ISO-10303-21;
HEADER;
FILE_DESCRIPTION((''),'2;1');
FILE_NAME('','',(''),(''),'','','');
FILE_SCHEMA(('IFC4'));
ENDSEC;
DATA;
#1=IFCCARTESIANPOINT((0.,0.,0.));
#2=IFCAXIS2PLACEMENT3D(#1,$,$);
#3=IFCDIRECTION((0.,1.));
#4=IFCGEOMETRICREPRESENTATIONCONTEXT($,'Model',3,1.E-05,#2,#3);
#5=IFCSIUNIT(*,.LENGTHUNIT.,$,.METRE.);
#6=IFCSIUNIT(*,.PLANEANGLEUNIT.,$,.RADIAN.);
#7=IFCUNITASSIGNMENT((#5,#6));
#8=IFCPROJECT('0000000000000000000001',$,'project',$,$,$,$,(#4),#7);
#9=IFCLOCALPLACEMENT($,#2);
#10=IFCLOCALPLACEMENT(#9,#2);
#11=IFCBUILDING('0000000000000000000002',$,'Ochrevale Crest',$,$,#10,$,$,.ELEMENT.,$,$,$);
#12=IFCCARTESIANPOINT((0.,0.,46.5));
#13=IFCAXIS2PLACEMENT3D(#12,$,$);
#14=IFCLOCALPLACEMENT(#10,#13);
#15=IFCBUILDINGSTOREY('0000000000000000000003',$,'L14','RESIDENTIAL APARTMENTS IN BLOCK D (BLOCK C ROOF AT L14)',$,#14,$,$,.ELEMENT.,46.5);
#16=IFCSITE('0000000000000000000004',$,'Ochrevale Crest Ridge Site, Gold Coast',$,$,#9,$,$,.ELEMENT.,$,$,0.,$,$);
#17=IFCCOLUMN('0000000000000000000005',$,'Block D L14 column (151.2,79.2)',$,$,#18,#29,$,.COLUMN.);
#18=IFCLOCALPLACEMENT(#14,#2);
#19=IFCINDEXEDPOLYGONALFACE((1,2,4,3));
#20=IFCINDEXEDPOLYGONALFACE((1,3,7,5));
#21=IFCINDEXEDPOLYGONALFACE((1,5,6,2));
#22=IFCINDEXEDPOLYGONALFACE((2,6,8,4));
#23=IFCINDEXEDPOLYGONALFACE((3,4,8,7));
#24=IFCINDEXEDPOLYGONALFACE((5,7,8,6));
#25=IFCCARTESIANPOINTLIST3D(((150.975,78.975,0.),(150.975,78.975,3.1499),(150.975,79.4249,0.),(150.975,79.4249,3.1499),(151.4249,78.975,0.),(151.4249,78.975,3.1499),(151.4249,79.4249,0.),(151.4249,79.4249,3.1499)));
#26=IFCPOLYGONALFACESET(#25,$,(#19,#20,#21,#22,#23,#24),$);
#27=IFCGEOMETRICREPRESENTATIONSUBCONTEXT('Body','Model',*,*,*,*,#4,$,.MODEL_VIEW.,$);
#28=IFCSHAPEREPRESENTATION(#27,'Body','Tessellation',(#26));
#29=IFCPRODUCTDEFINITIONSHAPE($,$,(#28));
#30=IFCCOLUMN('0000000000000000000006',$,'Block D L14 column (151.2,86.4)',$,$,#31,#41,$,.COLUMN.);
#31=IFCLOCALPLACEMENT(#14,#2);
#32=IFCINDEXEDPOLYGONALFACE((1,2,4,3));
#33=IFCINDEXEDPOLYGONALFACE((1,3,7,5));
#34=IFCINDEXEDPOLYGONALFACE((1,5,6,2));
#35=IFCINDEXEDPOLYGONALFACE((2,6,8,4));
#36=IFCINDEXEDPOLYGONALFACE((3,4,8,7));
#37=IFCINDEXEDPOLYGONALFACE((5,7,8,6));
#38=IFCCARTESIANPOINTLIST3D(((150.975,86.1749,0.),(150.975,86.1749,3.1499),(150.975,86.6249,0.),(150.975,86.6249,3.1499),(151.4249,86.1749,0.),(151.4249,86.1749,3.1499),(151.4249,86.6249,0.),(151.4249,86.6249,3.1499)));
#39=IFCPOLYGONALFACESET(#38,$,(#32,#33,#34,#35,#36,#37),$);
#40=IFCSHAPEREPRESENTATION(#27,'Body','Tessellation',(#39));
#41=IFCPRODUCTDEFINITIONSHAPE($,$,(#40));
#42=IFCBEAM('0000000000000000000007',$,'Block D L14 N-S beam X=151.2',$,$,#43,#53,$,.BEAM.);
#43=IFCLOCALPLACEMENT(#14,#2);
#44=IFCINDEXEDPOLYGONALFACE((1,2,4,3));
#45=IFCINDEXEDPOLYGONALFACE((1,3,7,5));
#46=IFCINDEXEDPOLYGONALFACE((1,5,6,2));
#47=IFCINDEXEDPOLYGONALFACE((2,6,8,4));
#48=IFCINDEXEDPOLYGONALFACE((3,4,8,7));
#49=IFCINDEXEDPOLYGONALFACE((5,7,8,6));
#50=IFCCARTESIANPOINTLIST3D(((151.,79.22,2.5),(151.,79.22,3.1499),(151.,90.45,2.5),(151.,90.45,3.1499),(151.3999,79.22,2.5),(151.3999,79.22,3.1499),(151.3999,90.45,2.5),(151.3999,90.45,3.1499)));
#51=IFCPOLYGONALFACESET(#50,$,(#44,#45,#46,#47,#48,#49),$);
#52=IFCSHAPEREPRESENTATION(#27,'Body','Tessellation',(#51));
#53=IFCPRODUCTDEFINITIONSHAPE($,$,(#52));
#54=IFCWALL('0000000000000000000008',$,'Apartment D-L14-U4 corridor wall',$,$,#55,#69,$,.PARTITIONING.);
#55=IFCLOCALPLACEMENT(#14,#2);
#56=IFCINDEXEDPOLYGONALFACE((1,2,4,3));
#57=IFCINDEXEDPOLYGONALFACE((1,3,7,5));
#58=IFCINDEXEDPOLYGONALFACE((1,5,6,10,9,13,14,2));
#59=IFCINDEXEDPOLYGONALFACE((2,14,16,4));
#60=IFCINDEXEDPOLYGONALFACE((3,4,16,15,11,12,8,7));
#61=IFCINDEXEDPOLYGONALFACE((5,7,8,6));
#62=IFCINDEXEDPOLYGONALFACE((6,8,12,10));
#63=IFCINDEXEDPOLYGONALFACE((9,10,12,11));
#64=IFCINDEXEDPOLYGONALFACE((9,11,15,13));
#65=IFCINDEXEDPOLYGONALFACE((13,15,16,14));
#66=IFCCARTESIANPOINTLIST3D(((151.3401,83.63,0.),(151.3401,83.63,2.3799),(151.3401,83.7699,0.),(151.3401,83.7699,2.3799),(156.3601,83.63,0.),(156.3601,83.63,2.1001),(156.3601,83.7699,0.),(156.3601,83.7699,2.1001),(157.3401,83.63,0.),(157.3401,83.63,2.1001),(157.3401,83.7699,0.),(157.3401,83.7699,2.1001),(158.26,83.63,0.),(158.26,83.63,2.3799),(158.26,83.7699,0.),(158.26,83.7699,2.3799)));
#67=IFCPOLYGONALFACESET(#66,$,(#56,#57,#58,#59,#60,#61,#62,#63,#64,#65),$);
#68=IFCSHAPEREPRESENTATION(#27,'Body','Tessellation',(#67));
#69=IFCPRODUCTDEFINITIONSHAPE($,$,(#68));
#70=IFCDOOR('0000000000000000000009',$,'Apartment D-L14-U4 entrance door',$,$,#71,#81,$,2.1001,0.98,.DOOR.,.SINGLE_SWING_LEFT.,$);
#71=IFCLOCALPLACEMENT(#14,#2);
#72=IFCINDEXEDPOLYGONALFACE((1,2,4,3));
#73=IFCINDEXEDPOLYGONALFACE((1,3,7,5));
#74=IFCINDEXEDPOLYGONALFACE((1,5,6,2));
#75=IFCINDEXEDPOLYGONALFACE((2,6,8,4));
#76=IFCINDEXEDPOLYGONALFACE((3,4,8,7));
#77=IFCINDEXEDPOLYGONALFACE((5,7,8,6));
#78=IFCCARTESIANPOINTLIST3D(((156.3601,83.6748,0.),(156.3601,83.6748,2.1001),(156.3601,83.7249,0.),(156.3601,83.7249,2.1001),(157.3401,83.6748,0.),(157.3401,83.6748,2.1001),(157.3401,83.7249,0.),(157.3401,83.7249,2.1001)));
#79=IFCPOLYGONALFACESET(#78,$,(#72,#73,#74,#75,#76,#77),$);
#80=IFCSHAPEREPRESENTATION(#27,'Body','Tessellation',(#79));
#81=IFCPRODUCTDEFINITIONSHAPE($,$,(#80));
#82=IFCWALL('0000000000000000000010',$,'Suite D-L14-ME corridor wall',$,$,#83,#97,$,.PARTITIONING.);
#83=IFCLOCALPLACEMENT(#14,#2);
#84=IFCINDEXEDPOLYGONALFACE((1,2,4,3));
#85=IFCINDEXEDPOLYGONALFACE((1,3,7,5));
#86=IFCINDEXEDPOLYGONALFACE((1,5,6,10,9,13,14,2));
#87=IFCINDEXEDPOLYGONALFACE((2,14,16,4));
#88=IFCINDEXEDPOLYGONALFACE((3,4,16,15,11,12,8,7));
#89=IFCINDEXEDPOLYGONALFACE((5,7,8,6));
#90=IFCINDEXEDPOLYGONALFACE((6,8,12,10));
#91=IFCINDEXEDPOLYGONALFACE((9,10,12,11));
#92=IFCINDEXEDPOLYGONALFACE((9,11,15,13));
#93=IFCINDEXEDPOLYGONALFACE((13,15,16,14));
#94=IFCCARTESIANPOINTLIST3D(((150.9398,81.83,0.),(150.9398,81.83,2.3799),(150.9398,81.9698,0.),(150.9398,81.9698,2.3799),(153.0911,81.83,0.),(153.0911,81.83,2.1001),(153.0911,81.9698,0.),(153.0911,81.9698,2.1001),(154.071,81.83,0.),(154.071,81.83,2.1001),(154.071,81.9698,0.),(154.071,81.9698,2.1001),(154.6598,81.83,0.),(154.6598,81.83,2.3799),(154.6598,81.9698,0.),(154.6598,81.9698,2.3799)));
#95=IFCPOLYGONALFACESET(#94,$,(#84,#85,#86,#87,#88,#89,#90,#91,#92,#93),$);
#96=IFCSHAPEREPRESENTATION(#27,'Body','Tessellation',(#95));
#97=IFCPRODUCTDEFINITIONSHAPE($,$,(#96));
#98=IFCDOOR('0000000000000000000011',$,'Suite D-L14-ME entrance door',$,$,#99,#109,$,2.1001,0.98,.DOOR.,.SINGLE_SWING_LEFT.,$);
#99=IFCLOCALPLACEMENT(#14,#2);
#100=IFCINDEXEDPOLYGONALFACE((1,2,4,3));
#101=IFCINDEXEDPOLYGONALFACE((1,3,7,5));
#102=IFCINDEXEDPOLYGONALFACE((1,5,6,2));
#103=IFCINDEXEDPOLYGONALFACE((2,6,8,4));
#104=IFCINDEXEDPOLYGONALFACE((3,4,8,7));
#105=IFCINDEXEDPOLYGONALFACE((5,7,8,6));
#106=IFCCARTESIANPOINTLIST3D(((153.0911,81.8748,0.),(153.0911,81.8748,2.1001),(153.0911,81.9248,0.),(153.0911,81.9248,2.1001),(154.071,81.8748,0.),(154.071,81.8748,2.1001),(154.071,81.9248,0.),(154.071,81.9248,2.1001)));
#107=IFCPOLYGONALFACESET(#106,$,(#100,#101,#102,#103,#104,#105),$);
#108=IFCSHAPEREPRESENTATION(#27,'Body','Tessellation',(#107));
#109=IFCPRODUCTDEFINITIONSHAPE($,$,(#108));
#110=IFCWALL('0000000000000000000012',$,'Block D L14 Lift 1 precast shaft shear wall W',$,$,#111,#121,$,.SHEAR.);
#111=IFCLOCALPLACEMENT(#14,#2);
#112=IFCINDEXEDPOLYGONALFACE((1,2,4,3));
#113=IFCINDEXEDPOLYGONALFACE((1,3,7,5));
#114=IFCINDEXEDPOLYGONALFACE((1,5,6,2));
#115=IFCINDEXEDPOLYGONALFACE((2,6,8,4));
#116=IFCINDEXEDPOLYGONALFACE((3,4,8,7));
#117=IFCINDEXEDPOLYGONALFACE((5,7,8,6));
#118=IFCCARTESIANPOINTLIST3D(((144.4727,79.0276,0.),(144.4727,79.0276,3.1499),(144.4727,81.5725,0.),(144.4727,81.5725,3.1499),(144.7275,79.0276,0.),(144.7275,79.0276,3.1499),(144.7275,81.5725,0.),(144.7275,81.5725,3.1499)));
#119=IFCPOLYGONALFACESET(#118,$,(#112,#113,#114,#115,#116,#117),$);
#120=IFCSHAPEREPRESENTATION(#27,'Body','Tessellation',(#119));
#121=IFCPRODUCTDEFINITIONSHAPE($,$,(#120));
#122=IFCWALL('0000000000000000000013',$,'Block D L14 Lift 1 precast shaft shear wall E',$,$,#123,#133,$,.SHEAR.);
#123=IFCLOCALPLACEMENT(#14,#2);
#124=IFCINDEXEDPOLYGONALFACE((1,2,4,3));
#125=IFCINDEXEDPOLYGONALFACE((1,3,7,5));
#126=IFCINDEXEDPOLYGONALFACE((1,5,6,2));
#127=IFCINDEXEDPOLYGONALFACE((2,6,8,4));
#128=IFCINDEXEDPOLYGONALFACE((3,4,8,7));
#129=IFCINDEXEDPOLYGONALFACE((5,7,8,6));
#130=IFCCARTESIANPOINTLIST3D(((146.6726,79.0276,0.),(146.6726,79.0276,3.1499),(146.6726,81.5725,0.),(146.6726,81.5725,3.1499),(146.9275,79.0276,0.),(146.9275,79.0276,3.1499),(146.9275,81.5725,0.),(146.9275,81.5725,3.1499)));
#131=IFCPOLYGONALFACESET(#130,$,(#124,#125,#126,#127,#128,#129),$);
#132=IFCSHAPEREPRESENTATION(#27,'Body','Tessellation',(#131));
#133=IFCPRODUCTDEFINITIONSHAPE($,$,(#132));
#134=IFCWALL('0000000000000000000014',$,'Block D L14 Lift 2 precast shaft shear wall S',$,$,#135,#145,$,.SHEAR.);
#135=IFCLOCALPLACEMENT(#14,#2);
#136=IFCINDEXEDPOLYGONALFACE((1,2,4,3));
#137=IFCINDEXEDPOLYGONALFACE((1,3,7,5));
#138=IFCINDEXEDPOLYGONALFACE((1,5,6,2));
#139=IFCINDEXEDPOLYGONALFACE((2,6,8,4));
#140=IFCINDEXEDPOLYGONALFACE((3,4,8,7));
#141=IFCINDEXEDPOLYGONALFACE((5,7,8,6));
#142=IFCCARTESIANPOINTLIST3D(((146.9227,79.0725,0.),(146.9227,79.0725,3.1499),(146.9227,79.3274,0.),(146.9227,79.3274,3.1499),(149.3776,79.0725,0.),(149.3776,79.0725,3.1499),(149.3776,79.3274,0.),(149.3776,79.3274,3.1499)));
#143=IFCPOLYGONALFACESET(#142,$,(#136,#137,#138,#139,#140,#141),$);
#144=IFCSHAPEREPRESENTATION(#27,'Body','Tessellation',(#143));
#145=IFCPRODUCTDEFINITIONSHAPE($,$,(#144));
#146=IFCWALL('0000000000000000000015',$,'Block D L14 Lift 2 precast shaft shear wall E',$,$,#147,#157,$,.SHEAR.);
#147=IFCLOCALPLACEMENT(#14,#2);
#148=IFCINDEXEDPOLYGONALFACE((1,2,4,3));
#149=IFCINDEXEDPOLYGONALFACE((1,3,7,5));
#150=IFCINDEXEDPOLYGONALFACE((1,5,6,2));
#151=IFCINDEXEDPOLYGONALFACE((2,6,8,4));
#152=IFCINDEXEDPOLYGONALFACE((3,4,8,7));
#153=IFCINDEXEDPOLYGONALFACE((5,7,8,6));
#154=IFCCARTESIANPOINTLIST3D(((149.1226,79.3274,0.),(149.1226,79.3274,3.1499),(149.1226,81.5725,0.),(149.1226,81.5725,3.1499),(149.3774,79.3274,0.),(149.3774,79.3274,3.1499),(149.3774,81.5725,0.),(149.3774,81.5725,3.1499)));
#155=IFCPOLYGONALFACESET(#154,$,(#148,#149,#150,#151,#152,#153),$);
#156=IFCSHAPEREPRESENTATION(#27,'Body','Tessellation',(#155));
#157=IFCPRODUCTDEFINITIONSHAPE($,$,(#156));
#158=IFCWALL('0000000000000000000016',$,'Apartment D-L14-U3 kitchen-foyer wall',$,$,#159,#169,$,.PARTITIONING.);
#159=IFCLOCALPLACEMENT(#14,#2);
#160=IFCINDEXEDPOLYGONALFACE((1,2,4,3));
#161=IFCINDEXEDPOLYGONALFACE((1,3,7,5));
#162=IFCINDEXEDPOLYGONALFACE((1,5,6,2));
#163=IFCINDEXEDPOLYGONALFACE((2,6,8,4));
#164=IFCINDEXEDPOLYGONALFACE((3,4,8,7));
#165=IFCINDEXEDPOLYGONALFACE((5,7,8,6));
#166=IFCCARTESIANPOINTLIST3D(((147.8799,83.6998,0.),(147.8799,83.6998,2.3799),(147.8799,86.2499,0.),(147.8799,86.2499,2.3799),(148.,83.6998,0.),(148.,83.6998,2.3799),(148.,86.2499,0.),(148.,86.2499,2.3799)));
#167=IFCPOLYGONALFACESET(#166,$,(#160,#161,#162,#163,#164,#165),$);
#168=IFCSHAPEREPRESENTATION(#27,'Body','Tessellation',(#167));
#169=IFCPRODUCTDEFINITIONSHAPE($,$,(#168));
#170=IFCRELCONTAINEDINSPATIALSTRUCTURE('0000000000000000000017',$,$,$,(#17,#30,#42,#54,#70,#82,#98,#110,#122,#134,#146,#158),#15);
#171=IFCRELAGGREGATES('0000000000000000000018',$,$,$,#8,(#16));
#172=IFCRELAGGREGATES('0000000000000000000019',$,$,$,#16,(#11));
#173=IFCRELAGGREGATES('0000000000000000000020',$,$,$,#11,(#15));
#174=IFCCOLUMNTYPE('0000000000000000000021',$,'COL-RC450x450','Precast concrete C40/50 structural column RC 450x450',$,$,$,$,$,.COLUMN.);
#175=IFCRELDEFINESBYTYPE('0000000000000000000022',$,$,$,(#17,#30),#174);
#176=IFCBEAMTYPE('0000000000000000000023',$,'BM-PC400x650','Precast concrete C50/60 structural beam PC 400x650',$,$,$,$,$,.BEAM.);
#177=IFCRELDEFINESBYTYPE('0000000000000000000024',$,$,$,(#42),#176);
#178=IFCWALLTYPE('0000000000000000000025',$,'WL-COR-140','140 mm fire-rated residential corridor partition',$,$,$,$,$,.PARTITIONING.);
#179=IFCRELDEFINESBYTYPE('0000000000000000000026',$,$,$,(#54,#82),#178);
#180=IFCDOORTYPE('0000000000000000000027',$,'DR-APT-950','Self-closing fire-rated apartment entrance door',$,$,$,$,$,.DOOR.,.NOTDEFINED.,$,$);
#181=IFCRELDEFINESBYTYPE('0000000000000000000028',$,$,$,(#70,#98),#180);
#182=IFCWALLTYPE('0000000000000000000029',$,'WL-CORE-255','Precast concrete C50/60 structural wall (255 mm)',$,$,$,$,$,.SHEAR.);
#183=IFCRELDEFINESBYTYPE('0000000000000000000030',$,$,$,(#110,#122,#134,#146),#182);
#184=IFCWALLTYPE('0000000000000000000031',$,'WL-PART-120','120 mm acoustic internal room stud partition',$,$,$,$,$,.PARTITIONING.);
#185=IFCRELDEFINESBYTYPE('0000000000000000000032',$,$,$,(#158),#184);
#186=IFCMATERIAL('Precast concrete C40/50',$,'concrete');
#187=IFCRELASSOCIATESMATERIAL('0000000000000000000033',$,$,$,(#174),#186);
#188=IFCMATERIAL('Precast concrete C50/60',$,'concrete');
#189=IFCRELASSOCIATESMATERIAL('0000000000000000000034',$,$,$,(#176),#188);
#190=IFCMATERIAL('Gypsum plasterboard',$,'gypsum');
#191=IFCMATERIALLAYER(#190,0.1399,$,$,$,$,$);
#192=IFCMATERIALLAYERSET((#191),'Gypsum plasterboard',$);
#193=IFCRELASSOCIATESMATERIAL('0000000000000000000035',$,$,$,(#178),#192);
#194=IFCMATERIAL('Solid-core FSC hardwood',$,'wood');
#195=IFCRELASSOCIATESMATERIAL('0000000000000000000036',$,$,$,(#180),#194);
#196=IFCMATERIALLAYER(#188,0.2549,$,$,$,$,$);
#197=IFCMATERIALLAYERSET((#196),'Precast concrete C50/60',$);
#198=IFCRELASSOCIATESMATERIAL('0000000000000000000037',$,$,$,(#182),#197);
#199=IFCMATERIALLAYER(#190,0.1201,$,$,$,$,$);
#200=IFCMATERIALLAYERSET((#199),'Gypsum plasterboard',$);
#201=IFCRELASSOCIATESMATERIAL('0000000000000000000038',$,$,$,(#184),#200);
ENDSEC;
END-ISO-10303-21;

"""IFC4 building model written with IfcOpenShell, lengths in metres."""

from ifc_helpers import new_model, si_unit, direction, frame, frame_2d, origin, origin_2d, place, context, subcontext, project, spatial, rectangle, extrude, material, layer, layer_set, material_profile, profile_set, type_object, element, fill, save


model = new_model("IFC4")

# Units and contexts
model_context = context("Model", 3, precision=1e-05, world=origin(), true_north=direction((0.0, 1.0)))
body_context = subcontext(model_context, "Body", "Model", "MODEL_VIEW")
ifc_project = project(units=[si_unit("LENGTHUNIT", "METRE"), si_unit("PLANEANGLEUNIT", "RADIAN")], contexts=[model_context])

# Site, building, storey
site_placement = place(None, origin())
site = spatial("IfcSite", under=ifc_project, at=site_placement, Name="Ochrevale Crest Ridge Site, Gold Coast", CompositionType="ELEMENT", RefElevation=0.0)
building_placement = place(site_placement, origin())
building = spatial("IfcBuilding", under=site, at=building_placement, Name="Ochrevale Crest", CompositionType="ELEMENT")
storey_placement = place(building_placement, frame((0.0, 0.0, 46.5)))
storey = spatial("IfcBuildingStorey", under=building, at=storey_placement, Name="L14", Description="RESIDENTIAL APARTMENTS IN BLOCK D (BLOCK C ROOF AT L14)", CompositionType="ELEMENT", Elevation=46.5)

# Columns
ifc_material_1 = material(Name="Precast concrete C40/50", Category="concrete")
ifc_material_profile_1 = material_profile(ifc_material_1, rectangle(XDim=0.45, YDim=0.45, at=origin_2d()), Name="RC 450x450")
ifc_profile_set_1 = profile_set([ifc_material_profile_1], Name="Precast concrete C40/50")
column_type = type_object("IfcColumnType", Name="COL-RC450x450", Description="Precast concrete C40/50 structural column RC 450x450", PredefinedType="COLUMN", material=ifc_profile_set_1)
for number, where, z_axis, x_axis, name in (
    (1, (151.2, 79.2, 0.0), (0.0, 0.0, 1.0), (1.0, 0.0, 0.0), "Block D L14 column (151.2,79.2)"),
    (2, (151.2, 86.3999, 0.0), (0.0, 0.0, 1.0), (1.0, 0.0, 0.0), "Block D L14 column (151.2,86.4)"),
):
    element("IfcColumn", number, at=place(storey_placement, frame(where, z_axis=z_axis, x_axis=x_axis)), inside=storey, type_object=column_type, Name=name, PredefinedType="COLUMN", context=body_context, shape_type="SweptSolid", body=[
        extrude(rectangle(XDim=0.45, YDim=0.45, at=origin_2d()), origin(), (0.0, 0.0, 1.0), 3.1499),
    ])

# Beam
ifc_material_2 = material(Name="Precast concrete C50/60", Category="concrete")
ifc_material_profile_2 = material_profile(ifc_material_2, rectangle(XDim=0.3999, YDim=0.6499, at=origin_2d()), Name="PC 400x650")
ifc_profile_set_2 = profile_set([ifc_material_profile_2], Name="Precast concrete C50/60")
beam_type = type_object("IfcBeamType", Name="BM-PC400x650", Description="Precast concrete C50/60 structural beam PC 400x650", PredefinedType="BEAM", material=ifc_profile_set_2)
beam_placement = place(storey_placement, frame((151.2, 79.22, 2.825), z_axis=(0.0, 1.0, 0.0), x_axis=(-1.0, 0.0, 0.0)))
element("IfcBeam", 3, at=beam_placement, inside=storey, type_object=beam_type, Name="Block D L14 N-S beam X=151.2", PredefinedType="BEAM", context=body_context, shape_type="SweptSolid", body=[
    extrude(rectangle(XDim=0.3999, YDim=0.6499, at=origin_2d()), origin(), (0.0, 0.0, 1.0), 11.23),
])

# Walls, openings, doors
ifc_material_3 = material(Name="Gypsum plasterboard", Category="gypsum")
ifc_layer_1 = layer(ifc_material_3, 0.1399)
ifc_layer_set_1 = layer_set([ifc_layer_1], Name="Gypsum plasterboard")
wall_type_1 = type_object("IfcWallType", Name="WL-COR-140", Description="140 mm fire-rated residential corridor partition", PredefinedType="PARTITIONING", material=ifc_layer_set_1)
wall_1_placement = place(storey_placement, frame((151.3401, 83.7, 0.0), z_axis=(0.0, 0.0, 1.0), x_axis=(1.0, 0.0, 0.0)))
wall_1 = element("IfcWall", 4, at=wall_1_placement, inside=storey, type_object=wall_type_1, Name="Apartment D-L14-U4 corridor wall", PredefinedType="PARTITIONING", context=body_context, shape_type="SweptSolid", body=[
    extrude(rectangle(XDim=6.9199, YDim=0.1399, at=frame_2d((3.46, 0.0))), origin(), (0.0, 0.0, 1.0), 2.3799),
])
opening_1_placement = place(wall_1_placement, frame((5.02, 0.0, 0.0)))
opening_1 = element("IfcOpeningElement", 5, at=opening_1_placement, cuts=wall_1, PredefinedType="OPENING", context=body_context, shape_type="SweptSolid", body=[
    extrude(rectangle(XDim=0.98, YDim=2.1001, at=frame_2d((0.49, 1.05))), frame((0.0, 0.0801, 0.0), z_axis=(0.0, -1.0, 0.0), x_axis=(1.0, 0.0, 0.0)), (0.0, 0.0, 1.0), 0.1599),
])
ifc_material_4 = material(Name="Solid-core FSC hardwood", Category="wood")
door_type_1 = type_object("IfcDoorType", Name="DR-APT-950", Description="Self-closing fire-rated apartment entrance door", OperationType="NOTDEFINED", PredefinedType="DOOR", material=ifc_material_4)
door_1_placement = place(opening_1_placement, origin())
door_1 = element("IfcDoor", 6, at=door_1_placement, inside=storey, type_object=door_type_1, Name="Apartment D-L14-U4 entrance door", OperationType="SINGLE_SWING_LEFT", OverallHeight=2.1001, OverallWidth=0.98, PredefinedType="DOOR", context=body_context, shape_type="SweptSolid", body=[
    extrude(rectangle(XDim=0.98, YDim=2.1001, at=frame_2d((0.49, 1.05))), frame((0.0, 0.0249, 0.0), z_axis=(0.0, -1.0, 0.0), x_axis=(1.0, 0.0, 0.0)), (0.0, 0.0, 1.0), 0.05),
])
fill(opening_1, door_1)
wall_2_placement = place(storey_placement, frame((150.9399, 81.8999, 0.0), z_axis=(0.0, 0.0, 1.0), x_axis=(1.0, 0.0, 0.0)))
wall_2 = element("IfcWall", 7, at=wall_2_placement, inside=storey, type_object=wall_type_1, Name="Suite D-L14-ME corridor wall", PredefinedType="PARTITIONING", context=body_context, shape_type="SweptSolid", body=[
    extrude(rectangle(XDim=3.72, YDim=0.1399, at=frame_2d((1.8599, 0.0))), origin(), (0.0, 0.0, 1.0), 2.3799),
])
opening_2_placement = place(wall_2_placement, frame((2.1511, 0.0, 0.0)))
opening_2 = element("IfcOpeningElement", 8, at=opening_2_placement, cuts=wall_2, PredefinedType="OPENING", context=body_context, shape_type="SweptSolid", body=[
    extrude(rectangle(XDim=0.98, YDim=2.1001, at=frame_2d((0.49, 1.05))), frame((0.0, 0.0801, 0.0), z_axis=(0.0, -1.0, 0.0), x_axis=(1.0, 0.0, 0.0)), (0.0, 0.0, 1.0), 0.1599),
])
door_2_placement = place(opening_2_placement, origin())
door_2 = element("IfcDoor", 9, at=door_2_placement, inside=storey, type_object=door_type_1, Name="Suite D-L14-ME entrance door", OperationType="SINGLE_SWING_LEFT", OverallHeight=2.1001, OverallWidth=0.98, PredefinedType="DOOR", context=body_context, shape_type="SweptSolid", body=[
    extrude(rectangle(XDim=0.98, YDim=2.1001, at=frame_2d((0.49, 1.05))), frame((0.0, 0.0249, 0.0), z_axis=(0.0, -1.0, 0.0), x_axis=(1.0, 0.0, 0.0)), (0.0, 0.0, 1.0), 0.05),
])
fill(opening_2, door_2)
ifc_layer_2 = layer(ifc_material_2, 0.2549)
ifc_layer_set_2 = layer_set([ifc_layer_2], Name="Precast concrete C50/60")
wall_type_2 = type_object("IfcWallType", Name="WL-CORE-255", Description="Precast concrete C50/60 structural wall (255 mm)", PredefinedType="SHEAR", material=ifc_layer_set_2)

# Walls
for number, where, z_axis, x_axis, name in (
    (10, (144.6001, 79.0276, 0.0), (0.0, 0.0, 1.0), (0.0, 1.0, 0.0), "Block D L14 Lift 1 precast shaft shear wall W"),
    (11, (146.8, 79.0276, 0.0), (0.0, 0.0, 1.0), (0.0, 1.0, 0.0), "Block D L14 Lift 1 precast shaft shear wall E"),
):
    element("IfcWall", number, at=place(storey_placement, frame(where, z_axis=z_axis, x_axis=x_axis)), inside=storey, type_object=wall_type_2, Name=name, PredefinedType="SHEAR", context=body_context, shape_type="SweptSolid", body=[
        extrude(rectangle(XDim=2.5449, YDim=0.2549, at=frame_2d((1.2725, 0.0))), origin(), (0.0, 0.0, 1.0), 3.1499),
    ])
wall_3_placement = place(storey_placement, frame((146.9226, 79.2, 0.0), z_axis=(0.0, 0.0, 1.0), x_axis=(1.0, 0.0, 0.0)))
element("IfcWall", 12, at=wall_3_placement, inside=storey, type_object=wall_type_2, Name="Block D L14 Lift 2 precast shaft shear wall S", PredefinedType="SHEAR", context=body_context, shape_type="SweptSolid", body=[
    extrude(rectangle(XDim=2.4548, YDim=0.2549, at=frame_2d((1.2275, 0.0))), origin(), (0.0, 0.0, 1.0), 3.1499),
])

# Walls
wall_4_placement = place(storey_placement, frame((149.25, 79.3274, 0.0), z_axis=(0.0, 0.0, 1.0), x_axis=(0.0, 1.0, 0.0)))
element("IfcWall", 13, at=wall_4_placement, inside=storey, type_object=wall_type_2, Name="Block D L14 Lift 2 precast shaft shear wall E", PredefinedType="SHEAR", context=body_context, shape_type="SweptSolid", body=[
    extrude(rectangle(XDim=2.2451, YDim=0.2549, at=frame_2d((1.1226, 0.0))), origin(), (0.0, 0.0, 1.0), 3.1499),
])
ifc_layer_3 = layer(ifc_material_3, 0.1201)
ifc_layer_set_3 = layer_set([ifc_layer_3], Name="Gypsum plasterboard")
wall_type_3 = type_object("IfcWallType", Name="WL-PART-120", Description="120 mm acoustic internal room stud partition", PredefinedType="PARTITIONING", material=ifc_layer_set_3)
wall_5_placement = place(storey_placement, frame((147.9399, 83.7, 0.0), z_axis=(0.0, 0.0, 1.0), x_axis=(0.0, 1.0, 0.0)))
element("IfcWall", 14, at=wall_5_placement, inside=storey, type_object=wall_type_3, Name="Apartment D-L14-U3 kitchen-foyer wall", PredefinedType="PARTITIONING", context=body_context, shape_type="SweptSolid", body=[
    extrude(rectangle(XDim=2.55, YDim=0.1201, at=frame_2d((1.2749, 0.0))), origin(), (0.0, 0.0, 1.0), 2.3799),
])

save(model, "model.ifc")
